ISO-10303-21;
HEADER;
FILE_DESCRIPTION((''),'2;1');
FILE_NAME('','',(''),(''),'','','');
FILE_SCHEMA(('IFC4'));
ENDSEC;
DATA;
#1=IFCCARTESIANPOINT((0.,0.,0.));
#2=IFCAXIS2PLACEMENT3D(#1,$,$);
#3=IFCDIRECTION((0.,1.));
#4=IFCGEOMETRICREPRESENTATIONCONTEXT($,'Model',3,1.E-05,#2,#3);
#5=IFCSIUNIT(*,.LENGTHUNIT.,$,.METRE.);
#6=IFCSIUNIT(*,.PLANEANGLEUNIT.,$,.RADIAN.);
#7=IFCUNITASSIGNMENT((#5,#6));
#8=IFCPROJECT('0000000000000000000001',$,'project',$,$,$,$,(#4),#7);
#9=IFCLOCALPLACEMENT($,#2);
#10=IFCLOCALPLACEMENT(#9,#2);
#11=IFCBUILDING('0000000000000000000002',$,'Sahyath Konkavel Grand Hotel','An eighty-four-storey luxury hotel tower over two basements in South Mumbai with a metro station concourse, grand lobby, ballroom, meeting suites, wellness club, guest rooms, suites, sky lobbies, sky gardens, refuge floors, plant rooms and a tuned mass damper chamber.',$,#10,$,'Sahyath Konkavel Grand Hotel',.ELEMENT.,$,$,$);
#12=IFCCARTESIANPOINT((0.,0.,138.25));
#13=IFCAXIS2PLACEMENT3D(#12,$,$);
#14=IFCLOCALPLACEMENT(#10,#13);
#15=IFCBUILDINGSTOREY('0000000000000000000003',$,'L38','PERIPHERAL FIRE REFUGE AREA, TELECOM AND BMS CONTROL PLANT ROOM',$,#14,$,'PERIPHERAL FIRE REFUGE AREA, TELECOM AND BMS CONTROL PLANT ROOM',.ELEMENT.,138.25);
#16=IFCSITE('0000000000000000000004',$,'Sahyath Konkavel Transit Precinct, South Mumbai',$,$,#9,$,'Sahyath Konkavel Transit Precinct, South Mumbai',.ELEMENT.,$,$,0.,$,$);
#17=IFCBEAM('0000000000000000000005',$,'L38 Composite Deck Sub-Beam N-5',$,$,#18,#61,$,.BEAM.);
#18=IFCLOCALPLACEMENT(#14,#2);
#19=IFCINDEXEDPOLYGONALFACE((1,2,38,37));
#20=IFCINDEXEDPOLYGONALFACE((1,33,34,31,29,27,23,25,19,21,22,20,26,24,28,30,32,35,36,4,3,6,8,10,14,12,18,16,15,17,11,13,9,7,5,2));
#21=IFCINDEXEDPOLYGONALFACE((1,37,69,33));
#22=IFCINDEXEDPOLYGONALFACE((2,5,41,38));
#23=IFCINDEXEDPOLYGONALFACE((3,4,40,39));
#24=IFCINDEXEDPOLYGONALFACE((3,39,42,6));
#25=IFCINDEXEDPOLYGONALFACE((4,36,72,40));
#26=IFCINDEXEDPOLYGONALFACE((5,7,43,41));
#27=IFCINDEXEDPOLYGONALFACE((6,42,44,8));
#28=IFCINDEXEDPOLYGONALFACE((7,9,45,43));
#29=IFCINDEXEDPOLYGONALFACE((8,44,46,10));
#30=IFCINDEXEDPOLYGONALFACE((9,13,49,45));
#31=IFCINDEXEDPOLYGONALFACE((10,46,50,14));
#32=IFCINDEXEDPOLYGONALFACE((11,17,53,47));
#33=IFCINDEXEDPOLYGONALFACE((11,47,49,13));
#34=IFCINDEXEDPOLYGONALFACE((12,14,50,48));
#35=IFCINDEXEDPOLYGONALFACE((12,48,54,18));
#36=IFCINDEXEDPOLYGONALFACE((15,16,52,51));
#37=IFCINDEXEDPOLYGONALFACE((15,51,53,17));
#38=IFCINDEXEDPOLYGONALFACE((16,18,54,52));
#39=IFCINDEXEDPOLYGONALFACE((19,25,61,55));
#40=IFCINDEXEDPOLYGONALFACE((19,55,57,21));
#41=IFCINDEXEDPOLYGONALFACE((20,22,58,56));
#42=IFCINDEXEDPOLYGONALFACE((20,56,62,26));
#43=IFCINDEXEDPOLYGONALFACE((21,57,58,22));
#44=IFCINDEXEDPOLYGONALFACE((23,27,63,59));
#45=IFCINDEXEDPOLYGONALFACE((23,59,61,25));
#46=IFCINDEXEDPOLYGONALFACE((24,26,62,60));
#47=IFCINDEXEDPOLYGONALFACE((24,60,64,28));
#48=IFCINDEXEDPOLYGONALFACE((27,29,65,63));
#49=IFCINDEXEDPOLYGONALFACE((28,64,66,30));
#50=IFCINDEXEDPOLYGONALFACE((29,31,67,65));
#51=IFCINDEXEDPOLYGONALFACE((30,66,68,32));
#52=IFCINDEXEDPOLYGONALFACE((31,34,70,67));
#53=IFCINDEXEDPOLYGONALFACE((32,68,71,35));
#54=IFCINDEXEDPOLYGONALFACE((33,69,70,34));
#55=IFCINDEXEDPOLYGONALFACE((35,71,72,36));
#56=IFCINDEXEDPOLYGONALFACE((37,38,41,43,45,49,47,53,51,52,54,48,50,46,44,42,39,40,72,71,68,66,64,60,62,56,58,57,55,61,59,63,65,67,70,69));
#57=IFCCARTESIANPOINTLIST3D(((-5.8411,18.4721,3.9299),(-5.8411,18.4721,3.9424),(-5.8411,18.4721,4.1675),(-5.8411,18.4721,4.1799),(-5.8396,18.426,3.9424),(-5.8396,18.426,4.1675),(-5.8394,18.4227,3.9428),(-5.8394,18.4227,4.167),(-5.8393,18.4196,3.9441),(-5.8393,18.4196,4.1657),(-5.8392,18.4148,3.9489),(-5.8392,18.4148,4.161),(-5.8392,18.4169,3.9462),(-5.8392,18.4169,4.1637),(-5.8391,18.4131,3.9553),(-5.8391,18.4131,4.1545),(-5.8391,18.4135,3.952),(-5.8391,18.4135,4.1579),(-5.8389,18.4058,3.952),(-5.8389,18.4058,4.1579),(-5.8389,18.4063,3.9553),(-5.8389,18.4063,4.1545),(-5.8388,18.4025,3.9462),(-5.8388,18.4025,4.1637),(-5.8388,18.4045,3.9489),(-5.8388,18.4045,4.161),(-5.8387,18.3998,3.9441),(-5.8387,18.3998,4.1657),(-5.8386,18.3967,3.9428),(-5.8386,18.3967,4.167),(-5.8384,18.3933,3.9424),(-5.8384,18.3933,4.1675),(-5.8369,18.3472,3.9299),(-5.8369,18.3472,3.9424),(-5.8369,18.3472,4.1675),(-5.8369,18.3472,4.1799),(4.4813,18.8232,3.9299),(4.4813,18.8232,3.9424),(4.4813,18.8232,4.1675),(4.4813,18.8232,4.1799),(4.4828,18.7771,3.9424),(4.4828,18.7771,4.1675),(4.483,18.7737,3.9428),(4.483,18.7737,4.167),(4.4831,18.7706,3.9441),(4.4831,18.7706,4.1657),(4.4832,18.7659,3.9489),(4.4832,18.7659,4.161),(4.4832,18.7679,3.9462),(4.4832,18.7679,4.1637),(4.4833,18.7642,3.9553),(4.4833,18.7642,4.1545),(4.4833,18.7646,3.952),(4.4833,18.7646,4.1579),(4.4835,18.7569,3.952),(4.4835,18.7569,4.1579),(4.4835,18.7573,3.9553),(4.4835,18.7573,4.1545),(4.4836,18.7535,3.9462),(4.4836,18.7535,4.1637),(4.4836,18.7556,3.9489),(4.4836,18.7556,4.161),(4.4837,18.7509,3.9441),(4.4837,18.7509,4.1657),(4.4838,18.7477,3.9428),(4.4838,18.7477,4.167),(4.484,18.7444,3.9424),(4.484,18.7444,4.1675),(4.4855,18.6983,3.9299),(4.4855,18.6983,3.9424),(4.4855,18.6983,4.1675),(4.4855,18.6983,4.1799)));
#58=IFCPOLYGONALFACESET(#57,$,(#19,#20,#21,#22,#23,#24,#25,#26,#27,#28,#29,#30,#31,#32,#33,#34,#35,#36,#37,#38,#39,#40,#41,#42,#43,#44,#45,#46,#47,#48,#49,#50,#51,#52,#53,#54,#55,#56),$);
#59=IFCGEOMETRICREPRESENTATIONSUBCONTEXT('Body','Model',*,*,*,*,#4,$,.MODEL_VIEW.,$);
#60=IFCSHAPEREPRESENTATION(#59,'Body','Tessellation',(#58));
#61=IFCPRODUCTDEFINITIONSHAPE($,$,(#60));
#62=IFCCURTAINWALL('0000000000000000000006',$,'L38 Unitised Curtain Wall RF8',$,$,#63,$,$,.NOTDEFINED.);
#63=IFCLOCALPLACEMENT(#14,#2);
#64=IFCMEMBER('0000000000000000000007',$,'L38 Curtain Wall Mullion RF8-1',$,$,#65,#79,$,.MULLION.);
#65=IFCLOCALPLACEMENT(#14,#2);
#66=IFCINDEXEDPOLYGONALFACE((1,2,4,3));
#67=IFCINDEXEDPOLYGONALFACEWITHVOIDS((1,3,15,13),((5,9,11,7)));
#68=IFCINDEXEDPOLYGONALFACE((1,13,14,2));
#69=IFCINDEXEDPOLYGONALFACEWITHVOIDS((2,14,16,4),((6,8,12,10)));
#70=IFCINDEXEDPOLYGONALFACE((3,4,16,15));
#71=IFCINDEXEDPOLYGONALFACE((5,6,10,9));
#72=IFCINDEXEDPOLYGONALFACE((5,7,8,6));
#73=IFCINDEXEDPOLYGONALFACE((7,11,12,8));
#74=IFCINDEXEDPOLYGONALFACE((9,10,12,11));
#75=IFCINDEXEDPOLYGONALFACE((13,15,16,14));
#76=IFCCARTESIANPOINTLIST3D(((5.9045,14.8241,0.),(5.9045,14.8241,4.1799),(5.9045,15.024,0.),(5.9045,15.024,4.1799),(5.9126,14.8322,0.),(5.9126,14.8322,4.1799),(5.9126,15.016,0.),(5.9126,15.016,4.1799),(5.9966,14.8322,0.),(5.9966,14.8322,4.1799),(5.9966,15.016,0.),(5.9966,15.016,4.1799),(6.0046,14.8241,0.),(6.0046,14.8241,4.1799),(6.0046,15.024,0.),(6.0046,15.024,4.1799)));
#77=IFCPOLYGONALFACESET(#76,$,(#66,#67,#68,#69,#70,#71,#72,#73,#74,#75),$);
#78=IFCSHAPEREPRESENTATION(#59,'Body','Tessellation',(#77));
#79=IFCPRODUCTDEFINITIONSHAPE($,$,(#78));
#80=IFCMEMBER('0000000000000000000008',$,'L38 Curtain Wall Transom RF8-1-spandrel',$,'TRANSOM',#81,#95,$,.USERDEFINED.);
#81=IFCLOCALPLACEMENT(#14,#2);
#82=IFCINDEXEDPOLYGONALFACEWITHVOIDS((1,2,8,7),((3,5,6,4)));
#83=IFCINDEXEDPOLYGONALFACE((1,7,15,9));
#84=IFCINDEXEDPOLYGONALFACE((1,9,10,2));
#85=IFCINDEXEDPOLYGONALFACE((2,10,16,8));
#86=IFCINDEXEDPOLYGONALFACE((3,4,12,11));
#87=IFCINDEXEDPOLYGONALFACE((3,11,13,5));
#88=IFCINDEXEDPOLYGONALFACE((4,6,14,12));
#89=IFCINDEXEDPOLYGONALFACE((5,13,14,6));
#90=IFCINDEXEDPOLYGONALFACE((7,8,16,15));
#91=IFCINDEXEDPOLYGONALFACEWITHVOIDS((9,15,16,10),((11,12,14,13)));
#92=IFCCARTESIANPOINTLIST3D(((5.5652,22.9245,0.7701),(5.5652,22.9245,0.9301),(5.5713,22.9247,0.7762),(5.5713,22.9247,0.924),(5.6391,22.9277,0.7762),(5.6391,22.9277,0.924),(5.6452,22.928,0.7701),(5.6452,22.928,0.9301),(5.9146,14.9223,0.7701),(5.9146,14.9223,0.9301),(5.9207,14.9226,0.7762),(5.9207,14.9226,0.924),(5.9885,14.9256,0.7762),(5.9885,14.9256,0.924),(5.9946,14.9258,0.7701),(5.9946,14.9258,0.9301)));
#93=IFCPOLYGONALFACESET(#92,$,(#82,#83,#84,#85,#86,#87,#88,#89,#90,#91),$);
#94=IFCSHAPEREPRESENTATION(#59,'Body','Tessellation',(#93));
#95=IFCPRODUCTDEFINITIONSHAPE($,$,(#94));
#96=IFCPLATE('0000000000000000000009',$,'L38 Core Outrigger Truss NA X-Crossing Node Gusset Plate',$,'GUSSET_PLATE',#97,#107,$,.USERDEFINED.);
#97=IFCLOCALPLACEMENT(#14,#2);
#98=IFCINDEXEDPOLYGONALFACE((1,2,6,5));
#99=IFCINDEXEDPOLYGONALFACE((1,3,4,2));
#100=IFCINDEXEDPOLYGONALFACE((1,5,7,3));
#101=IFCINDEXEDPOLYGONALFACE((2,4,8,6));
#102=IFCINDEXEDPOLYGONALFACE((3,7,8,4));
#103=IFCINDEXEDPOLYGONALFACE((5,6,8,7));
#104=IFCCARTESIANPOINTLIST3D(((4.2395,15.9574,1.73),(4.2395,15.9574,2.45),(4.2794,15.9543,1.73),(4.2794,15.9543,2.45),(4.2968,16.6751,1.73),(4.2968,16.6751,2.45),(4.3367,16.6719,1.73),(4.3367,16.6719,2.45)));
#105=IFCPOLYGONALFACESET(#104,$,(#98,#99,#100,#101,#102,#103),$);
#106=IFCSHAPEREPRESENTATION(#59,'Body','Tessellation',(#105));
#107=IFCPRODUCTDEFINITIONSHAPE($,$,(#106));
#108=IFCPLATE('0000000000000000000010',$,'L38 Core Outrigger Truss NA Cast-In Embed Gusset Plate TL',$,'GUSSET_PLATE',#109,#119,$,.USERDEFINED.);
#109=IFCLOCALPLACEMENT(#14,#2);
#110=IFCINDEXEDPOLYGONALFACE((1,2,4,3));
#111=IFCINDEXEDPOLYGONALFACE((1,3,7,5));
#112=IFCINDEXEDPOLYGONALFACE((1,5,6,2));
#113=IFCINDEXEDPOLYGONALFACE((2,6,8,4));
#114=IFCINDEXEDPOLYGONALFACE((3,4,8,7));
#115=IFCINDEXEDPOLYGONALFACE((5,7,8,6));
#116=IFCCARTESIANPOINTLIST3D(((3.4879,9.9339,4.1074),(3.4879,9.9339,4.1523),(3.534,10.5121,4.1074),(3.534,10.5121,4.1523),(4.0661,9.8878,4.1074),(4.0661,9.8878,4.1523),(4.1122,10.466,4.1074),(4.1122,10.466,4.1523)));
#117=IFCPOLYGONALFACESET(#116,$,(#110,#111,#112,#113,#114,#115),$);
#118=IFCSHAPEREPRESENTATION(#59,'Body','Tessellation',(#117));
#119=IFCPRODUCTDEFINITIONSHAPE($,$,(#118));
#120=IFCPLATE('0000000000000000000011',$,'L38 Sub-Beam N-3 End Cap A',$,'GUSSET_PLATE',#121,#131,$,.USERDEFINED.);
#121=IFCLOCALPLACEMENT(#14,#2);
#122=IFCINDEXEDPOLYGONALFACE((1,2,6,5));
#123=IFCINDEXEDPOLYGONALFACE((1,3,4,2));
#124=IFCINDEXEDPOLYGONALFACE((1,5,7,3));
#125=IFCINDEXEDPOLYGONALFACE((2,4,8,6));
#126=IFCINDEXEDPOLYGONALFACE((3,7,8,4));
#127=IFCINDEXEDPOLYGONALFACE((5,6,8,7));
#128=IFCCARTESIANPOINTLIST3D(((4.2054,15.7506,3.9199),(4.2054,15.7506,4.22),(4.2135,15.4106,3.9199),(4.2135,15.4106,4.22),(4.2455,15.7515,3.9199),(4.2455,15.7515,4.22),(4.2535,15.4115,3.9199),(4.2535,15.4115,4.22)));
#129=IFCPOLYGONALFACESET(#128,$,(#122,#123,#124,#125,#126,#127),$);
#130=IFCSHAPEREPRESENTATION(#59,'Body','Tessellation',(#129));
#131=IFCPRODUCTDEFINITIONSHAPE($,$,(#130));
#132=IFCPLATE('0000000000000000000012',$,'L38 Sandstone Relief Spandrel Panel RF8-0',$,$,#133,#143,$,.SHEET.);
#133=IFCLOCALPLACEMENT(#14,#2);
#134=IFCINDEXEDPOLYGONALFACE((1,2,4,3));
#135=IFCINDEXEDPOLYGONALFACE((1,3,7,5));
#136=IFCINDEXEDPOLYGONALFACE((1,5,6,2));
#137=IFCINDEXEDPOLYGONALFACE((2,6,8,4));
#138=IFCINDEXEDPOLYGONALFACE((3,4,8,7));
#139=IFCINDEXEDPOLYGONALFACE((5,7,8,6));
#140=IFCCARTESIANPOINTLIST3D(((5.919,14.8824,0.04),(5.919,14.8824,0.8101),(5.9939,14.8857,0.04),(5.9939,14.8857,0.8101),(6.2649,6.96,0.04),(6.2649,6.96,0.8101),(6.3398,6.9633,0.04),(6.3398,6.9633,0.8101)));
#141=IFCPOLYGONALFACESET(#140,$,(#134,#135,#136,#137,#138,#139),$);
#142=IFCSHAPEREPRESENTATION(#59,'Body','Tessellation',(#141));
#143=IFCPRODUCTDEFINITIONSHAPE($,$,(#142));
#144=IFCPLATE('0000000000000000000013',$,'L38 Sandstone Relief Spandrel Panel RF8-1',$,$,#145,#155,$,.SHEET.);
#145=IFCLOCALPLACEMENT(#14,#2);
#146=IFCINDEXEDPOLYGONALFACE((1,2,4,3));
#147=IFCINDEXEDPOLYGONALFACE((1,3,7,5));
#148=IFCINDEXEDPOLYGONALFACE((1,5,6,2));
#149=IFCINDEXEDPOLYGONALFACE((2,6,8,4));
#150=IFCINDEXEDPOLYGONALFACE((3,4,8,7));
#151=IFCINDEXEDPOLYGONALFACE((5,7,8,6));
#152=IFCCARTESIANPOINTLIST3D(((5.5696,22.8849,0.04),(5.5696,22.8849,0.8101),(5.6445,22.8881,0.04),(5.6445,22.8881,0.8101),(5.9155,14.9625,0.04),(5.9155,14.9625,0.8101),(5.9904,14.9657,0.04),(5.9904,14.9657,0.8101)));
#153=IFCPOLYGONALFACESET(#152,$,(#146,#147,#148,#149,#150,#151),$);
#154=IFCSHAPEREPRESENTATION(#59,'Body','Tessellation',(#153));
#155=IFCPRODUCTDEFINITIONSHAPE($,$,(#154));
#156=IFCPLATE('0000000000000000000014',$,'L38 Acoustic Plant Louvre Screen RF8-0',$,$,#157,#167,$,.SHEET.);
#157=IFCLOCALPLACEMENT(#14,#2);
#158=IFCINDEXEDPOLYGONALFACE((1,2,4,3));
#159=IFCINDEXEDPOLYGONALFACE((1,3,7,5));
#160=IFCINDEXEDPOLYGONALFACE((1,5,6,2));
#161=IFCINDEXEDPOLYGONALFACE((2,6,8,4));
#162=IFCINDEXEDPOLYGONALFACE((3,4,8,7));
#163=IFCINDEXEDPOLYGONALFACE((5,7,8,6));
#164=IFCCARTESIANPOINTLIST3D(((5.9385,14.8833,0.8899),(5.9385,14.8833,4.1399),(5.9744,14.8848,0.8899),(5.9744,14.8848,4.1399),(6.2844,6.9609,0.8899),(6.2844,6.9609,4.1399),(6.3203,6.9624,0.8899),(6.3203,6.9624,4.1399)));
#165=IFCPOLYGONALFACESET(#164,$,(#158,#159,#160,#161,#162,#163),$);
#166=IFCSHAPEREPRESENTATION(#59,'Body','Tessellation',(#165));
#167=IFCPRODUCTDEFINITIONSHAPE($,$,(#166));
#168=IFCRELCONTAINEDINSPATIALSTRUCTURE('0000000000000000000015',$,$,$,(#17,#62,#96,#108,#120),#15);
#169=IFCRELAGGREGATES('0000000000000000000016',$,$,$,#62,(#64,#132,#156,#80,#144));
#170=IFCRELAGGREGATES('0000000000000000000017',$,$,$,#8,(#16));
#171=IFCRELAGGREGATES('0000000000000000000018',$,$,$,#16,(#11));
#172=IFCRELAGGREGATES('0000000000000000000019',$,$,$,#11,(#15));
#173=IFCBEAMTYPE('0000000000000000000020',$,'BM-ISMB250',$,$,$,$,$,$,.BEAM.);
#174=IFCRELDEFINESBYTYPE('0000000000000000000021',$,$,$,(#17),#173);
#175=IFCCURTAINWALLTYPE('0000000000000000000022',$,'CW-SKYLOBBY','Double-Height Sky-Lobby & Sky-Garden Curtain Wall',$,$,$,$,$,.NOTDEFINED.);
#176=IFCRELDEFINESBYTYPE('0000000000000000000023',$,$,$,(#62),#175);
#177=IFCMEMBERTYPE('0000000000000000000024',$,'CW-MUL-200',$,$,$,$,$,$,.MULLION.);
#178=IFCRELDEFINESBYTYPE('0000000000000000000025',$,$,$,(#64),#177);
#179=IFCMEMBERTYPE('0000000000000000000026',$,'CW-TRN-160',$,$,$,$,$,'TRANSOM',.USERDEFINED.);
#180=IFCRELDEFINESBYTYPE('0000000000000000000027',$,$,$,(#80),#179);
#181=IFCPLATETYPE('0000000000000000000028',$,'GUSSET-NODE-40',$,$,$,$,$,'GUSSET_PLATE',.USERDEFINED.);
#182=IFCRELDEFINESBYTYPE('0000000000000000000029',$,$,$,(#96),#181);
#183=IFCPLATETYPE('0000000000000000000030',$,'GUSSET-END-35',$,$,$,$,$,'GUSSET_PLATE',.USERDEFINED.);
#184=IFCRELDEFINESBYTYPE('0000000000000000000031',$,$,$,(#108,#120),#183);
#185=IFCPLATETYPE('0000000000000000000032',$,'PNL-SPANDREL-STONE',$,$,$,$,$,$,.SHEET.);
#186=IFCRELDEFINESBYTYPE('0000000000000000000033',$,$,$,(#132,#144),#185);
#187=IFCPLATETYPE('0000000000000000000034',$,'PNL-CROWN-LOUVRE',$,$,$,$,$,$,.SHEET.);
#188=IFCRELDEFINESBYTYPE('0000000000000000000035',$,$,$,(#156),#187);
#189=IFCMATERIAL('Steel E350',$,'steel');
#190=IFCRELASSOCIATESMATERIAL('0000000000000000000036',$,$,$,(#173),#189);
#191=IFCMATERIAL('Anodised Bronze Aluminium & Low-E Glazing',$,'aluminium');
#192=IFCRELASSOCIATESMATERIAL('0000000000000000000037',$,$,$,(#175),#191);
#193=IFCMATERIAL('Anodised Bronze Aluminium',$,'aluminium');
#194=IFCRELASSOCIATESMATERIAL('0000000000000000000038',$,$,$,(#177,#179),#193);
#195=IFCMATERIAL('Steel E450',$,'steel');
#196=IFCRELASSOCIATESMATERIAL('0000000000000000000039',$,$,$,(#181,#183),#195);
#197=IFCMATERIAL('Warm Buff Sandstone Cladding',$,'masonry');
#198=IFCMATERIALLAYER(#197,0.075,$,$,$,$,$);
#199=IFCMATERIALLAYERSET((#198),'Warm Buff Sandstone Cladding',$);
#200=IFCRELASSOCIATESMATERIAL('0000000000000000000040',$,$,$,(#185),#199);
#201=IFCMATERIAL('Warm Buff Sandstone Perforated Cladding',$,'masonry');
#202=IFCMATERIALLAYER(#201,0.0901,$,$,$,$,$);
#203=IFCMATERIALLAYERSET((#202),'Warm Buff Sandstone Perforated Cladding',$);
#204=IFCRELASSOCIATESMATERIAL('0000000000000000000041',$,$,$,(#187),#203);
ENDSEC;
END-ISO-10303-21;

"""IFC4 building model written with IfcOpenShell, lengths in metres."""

from ifc_helpers import new_model, si_unit, direction, frame, origin, origin_2d, place, context, subcontext, project, spatial, rectangle, hollow_rectangle, i_section, extrude, source, transform, mapped, material, layer, layer_set, material_profile, profile_set, type_object, element, aggregate, save


model = new_model("IFC4")

# Units and contexts
model_context = context("Model", 3, precision=1e-05, world=origin(), true_north=direction((0.0, 1.0)))
body_context = subcontext(model_context, "Body", "Model", "MODEL_VIEW")
ifc_project = project(units=[si_unit("LENGTHUNIT", "METRE"), si_unit("PLANEANGLEUNIT", "RADIAN")], contexts=[model_context])

# Site, building, storey
site_placement = place(None, origin())
site = spatial("IfcSite", under=ifc_project, at=site_placement, Name="Sahyath Konkavel Transit Precinct, South Mumbai", LongName="Sahyath Konkavel Transit Precinct, South Mumbai", CompositionType="ELEMENT", RefElevation=0.0)
building_placement = place(site_placement, origin())
building = spatial("IfcBuilding", under=site, at=building_placement, Name="Sahyath Konkavel Grand Hotel", Description="An eighty-four-storey luxury hotel tower over two basements in South Mumbai with a metro station concourse, grand lobby, ballroom, meeting suites, wellness club, guest rooms, suites, sky lobbies, sky gardens, refuge floors, plant rooms and a tuned mass damper chamber.", LongName="Sahyath Konkavel Grand Hotel", CompositionType="ELEMENT")
storey_placement = place(building_placement, frame((0.0, 0.0, 138.25)))
storey = spatial("IfcBuildingStorey", under=building, at=storey_placement, Name="L38", Description="PERIPHERAL FIRE REFUGE AREA, TELECOM AND BMS CONTROL PLANT ROOM", LongName="PERIPHERAL FIRE REFUGE AREA, TELECOM AND BMS CONTROL PLANT ROOM", CompositionType="ELEMENT", Elevation=138.25)

# Shared definitions
ifc_material_1 = material(Name="Steel E350", Category="steel")
ifc_material_2 = material(Name="Steel E450", Category="steel")

# Beam
ifc_material_profile_1 = material_profile(ifc_material_1, i_section(OverallWidth=0.125, OverallDepth=0.25, WebThickness=0.0068, FlangeThickness=0.0125, FilletRadius=0.0129, at=origin_2d()), Name="ISMB 250")
ifc_profile_set_1 = profile_set([ifc_material_profile_1], Name="Steel E350")
beam_type_1 = type_object("IfcBeamType", Name="BM-ISMB250", PredefinedType="BEAM", material=ifc_profile_set_1)
shared_shape_1 = source(origin(), body_context, "Body", "SweptSolid", [
    extrude(i_section(OverallWidth=0.125, OverallDepth=0.25, WebThickness=0.0068, FlangeThickness=0.0125, FilletRadius=0.0129, at=origin_2d()), origin(), (0.0, 0.0, 1.0), 10.3284),
])
beam_1_placement = place(storey_placement, frame((4.4834, 18.7607, 4.0549), z_axis=(-0.999422, -0.033991, 0.0), x_axis=(0.033991, -0.999422, 0.0)))
element("IfcBeam", 1, at=beam_1_placement, inside=storey, type_object=beam_type_1, Name="L38 Composite Deck Sub-Beam N-5", PredefinedType="BEAM", context=body_context, shape_type="MappedRepresentation", body=[
    mapped(shared_shape_1, transform((0.0, 0.0, 0.0), scale=1.0)),
])

# Curtain wall, members
ifc_material_3 = material(Name="Anodised Bronze Aluminium & Low-E Glazing", Category="aluminium")
curtain_wall_type = type_object("IfcCurtainWallType", Name="CW-SKYLOBBY", Description="Double-Height Sky-Lobby & Sky-Garden Curtain Wall", PredefinedType="NOTDEFINED", material=ifc_material_3)
curtain_wall_placement = place(storey_placement, origin())
curtain_wall = element("IfcCurtainWall", 2, at=curtain_wall_placement, inside=storey, type_object=curtain_wall_type, Name="L38 Unitised Curtain Wall RF8", PredefinedType="NOTDEFINED")
ifc_material_4 = material(Name="Anodised Bronze Aluminium", Category="aluminium")
ifc_material_profile_2 = material_profile(ifc_material_4, hollow_rectangle(XDim=0.1001, YDim=0.2, WallThickness=0.0081, at=origin_2d()), Name="RHS 200x100x8")
ifc_profile_set_2 = profile_set([ifc_material_profile_2], Name="Anodised Bronze Aluminium")
member_type_1 = type_object("IfcMemberType", Name="CW-MUL-200", PredefinedType="MULLION", material=ifc_profile_set_2)
shared_shape_2 = source(origin(), body_context, "Body", "SweptSolid", [
    extrude(hollow_rectangle(XDim=0.1001, YDim=0.2, WallThickness=0.0081, at=origin_2d()), origin(), (0.0, 0.0, 1.0), 4.1799),
])
member_1_placement = place(storey_placement, frame((5.9546, 14.9241, 0.0), z_axis=(0.0, 0.0, 1.0), x_axis=(1.0, 0.0, 0.0)))
member_1 = element("IfcMember", 3, at=member_1_placement, type_object=member_type_1, Name="L38 Curtain Wall Mullion RF8-1", PredefinedType="MULLION", context=body_context, shape_type="MappedRepresentation", body=[
    mapped(shared_shape_2, transform((0.0, 0.0, 0.0), scale=1.0)),
])
ifc_material_profile_3 = material_profile(ifc_material_4, hollow_rectangle(XDim=0.0801, YDim=0.1599, WallThickness=0.0061, at=origin_2d()), Name="RHS 160x80x6")
ifc_profile_set_3 = profile_set([ifc_material_profile_3], Name="Anodised Bronze Aluminium")
member_type_2 = type_object("IfcMemberType", Name="CW-TRN-160", ElementType="TRANSOM", PredefinedType="USERDEFINED", material=ifc_profile_set_3)
shared_shape_3 = source(origin(), body_context, "Body", "SweptSolid", [
    extrude(hollow_rectangle(XDim=0.0801, YDim=0.1599, WallThickness=0.0061, at=origin_2d()), origin(), (0.0, 0.0, 1.0), 8.0098),
])
member_2_placement = place(storey_placement, frame((5.9546, 14.9241, 0.8501), z_axis=(-0.043617, 0.999048, 0.0), x_axis=(-0.999048, -0.043617, 0.0)))
member_2 = element("IfcMember", 4, at=member_2_placement, type_object=member_type_2, Name="L38 Curtain Wall Transom RF8-1-spandrel", ObjectType="TRANSOM", PredefinedType="USERDEFINED", context=body_context, shape_type="MappedRepresentation", body=[
    mapped(shared_shape_3, transform((0.0, 0.0, 0.0), scale=1.0)),
])

# Plates
plate_type_1 = type_object("IfcPlateType", Name="GUSSET-NODE-40", ElementType="GUSSET_PLATE", PredefinedType="USERDEFINED", material=ifc_material_2)
shared_shape_4 = source(origin(), body_context, "Body", "SweptSolid", [
    extrude(rectangle(XDim=0.72, YDim=0.04, at=origin_2d()), origin(), (0.0, 0.0, 1.0), 0.72),
])
plate_1_placement = place(storey_placement, frame((4.2881, 16.3147, 1.73), z_axis=(0.0, 0.0, 1.0), x_axis=(0.079573, 0.996829, 0.0)))
element("IfcPlate", 5, at=plate_1_placement, inside=storey, type_object=plate_type_1, Name="L38 Core Outrigger Truss NA X-Crossing Node Gusset Plate", ObjectType="GUSSET_PLATE", PredefinedType="USERDEFINED", context=body_context, shape_type="MappedRepresentation", body=[
    mapped(shared_shape_4, transform((0.0, 0.0, 0.0), scale=1.0)),
])
plate_type_2 = type_object("IfcPlateType", Name="GUSSET-END-35", ElementType="GUSSET_PLATE", PredefinedType="USERDEFINED", material=ifc_material_2)
shared_shape_5 = source(origin(), body_context, "Body", "SweptSolid", [
    extrude(rectangle(XDim=0.5801, YDim=0.5801, at=origin_2d()), origin(), (0.0, 0.0, 1.0), 0.0449),
])
plate_2_placement = place(storey_placement, frame((3.8, 10.2, 4.1074), z_axis=(0.0, 0.0, 1.0), x_axis=(0.079573, 0.996829, 0.0)))
element("IfcPlate", 6, at=plate_2_placement, inside=storey, type_object=plate_type_2, Name="L38 Core Outrigger Truss NA Cast-In Embed Gusset Plate TL", ObjectType="GUSSET_PLATE", PredefinedType="USERDEFINED", context=body_context, shape_type="MappedRepresentation", body=[
    mapped(shared_shape_5, transform((0.0, 0.0, 0.0), scale=1.0)),
])
shared_shape_6 = source(origin(), body_context, "Body", "SweptSolid", [
    extrude(rectangle(XDim=0.04, YDim=0.3401, at=origin_2d()), origin(), (0.0, 0.0, 1.0), 0.3),
])
plate_3_placement = place(storey_placement, frame((4.2295, 15.5811, 3.9199), z_axis=(0.0, 0.0, 1.0), x_axis=(-0.999719, -0.023699, 0.0)))
element("IfcPlate", 7, at=plate_3_placement, inside=storey, type_object=plate_type_2, Name="L38 Sub-Beam N-3 End Cap A", ObjectType="GUSSET_PLATE", PredefinedType="USERDEFINED", context=body_context, shape_type="MappedRepresentation", body=[
    mapped(shared_shape_6, transform((0.0, 0.0, 0.0), scale=1.0)),
])

# Plates
ifc_material_5 = material(Name="Warm Buff Sandstone Cladding", Category="masonry")
ifc_layer_1 = layer(ifc_material_5, 0.075)
ifc_layer_set_1 = layer_set([ifc_layer_1], Name="Warm Buff Sandstone Cladding")
plate_type_3 = type_object("IfcPlateType", Name="PNL-SPANDREL-STONE", PredefinedType="SHEET", material=ifc_layer_set_1)
shared_shape_7 = source(origin(), body_context, "Body", "SweptSolid", [
    extrude(rectangle(XDim=7.9299, YDim=0.075, at=origin_2d()), origin(), (0.0, 0.0, 1.0), 0.77),
])
plate_4_placement = place(storey_placement, frame((6.1294, 10.9229, 0.04), z_axis=(0.0, 0.0, 1.0), x_axis=(-0.043619, 0.999048, 0.0)))
plate_4 = element("IfcPlate", 8, at=plate_4_placement, type_object=plate_type_3, Name="L38 Sandstone Relief Spandrel Panel RF8-0", PredefinedType="SHEET", context=body_context, shape_type="MappedRepresentation", body=[
    mapped(shared_shape_7, transform((0.0, 0.0, 0.0), scale=1.0)),
])
plate_5_placement = place(storey_placement, frame((5.78, 18.9253, 0.04), z_axis=(0.0, 0.0, 1.0), x_axis=(-0.043619, 0.999048, 0.0)))
plate_5 = element("IfcPlate", 9, at=plate_5_placement, type_object=plate_type_3, Name="L38 Sandstone Relief Spandrel Panel RF8-1", PredefinedType="SHEET", context=body_context, shape_type="MappedRepresentation", body=[
    mapped(shared_shape_7, transform((0.0, 0.0, 0.0), scale=1.0)),
])
ifc_material_6 = material(Name="Warm Buff Sandstone Perforated Cladding", Category="masonry")
ifc_layer_2 = layer(ifc_material_6, 0.0901)
ifc_layer_set_2 = layer_set([ifc_layer_2], Name="Warm Buff Sandstone Perforated Cladding")
plate_type_4 = type_object("IfcPlateType", Name="PNL-CROWN-LOUVRE", PredefinedType="SHEET", material=ifc_layer_set_2)
shared_shape_8 = source(origin(), body_context, "Body", "SweptSolid", [
    extrude(rectangle(XDim=7.9299, YDim=0.0359, at=origin_2d()), origin(), (0.0, 0.0, 1.0), 3.25),
])
plate_6_placement = place(storey_placement, frame((6.1294, 10.9229, 0.8899), z_axis=(0.0, 0.0, 1.0), x_axis=(-0.043619, 0.999048, 0.0)))
plate_6 = element("IfcPlate", 10, at=plate_6_placement, type_object=plate_type_4, Name="L38 Acoustic Plant Louvre Screen RF8-0", PredefinedType="SHEET", context=body_context, shape_type="MappedRepresentation", body=[
    mapped(shared_shape_8, transform((0.0, 0.0, 0.0), scale=1.0)),
])
aggregate(curtain_wall, [member_1, plate_4, plate_6, member_2, plate_5])

save(model, "model.ifc")
